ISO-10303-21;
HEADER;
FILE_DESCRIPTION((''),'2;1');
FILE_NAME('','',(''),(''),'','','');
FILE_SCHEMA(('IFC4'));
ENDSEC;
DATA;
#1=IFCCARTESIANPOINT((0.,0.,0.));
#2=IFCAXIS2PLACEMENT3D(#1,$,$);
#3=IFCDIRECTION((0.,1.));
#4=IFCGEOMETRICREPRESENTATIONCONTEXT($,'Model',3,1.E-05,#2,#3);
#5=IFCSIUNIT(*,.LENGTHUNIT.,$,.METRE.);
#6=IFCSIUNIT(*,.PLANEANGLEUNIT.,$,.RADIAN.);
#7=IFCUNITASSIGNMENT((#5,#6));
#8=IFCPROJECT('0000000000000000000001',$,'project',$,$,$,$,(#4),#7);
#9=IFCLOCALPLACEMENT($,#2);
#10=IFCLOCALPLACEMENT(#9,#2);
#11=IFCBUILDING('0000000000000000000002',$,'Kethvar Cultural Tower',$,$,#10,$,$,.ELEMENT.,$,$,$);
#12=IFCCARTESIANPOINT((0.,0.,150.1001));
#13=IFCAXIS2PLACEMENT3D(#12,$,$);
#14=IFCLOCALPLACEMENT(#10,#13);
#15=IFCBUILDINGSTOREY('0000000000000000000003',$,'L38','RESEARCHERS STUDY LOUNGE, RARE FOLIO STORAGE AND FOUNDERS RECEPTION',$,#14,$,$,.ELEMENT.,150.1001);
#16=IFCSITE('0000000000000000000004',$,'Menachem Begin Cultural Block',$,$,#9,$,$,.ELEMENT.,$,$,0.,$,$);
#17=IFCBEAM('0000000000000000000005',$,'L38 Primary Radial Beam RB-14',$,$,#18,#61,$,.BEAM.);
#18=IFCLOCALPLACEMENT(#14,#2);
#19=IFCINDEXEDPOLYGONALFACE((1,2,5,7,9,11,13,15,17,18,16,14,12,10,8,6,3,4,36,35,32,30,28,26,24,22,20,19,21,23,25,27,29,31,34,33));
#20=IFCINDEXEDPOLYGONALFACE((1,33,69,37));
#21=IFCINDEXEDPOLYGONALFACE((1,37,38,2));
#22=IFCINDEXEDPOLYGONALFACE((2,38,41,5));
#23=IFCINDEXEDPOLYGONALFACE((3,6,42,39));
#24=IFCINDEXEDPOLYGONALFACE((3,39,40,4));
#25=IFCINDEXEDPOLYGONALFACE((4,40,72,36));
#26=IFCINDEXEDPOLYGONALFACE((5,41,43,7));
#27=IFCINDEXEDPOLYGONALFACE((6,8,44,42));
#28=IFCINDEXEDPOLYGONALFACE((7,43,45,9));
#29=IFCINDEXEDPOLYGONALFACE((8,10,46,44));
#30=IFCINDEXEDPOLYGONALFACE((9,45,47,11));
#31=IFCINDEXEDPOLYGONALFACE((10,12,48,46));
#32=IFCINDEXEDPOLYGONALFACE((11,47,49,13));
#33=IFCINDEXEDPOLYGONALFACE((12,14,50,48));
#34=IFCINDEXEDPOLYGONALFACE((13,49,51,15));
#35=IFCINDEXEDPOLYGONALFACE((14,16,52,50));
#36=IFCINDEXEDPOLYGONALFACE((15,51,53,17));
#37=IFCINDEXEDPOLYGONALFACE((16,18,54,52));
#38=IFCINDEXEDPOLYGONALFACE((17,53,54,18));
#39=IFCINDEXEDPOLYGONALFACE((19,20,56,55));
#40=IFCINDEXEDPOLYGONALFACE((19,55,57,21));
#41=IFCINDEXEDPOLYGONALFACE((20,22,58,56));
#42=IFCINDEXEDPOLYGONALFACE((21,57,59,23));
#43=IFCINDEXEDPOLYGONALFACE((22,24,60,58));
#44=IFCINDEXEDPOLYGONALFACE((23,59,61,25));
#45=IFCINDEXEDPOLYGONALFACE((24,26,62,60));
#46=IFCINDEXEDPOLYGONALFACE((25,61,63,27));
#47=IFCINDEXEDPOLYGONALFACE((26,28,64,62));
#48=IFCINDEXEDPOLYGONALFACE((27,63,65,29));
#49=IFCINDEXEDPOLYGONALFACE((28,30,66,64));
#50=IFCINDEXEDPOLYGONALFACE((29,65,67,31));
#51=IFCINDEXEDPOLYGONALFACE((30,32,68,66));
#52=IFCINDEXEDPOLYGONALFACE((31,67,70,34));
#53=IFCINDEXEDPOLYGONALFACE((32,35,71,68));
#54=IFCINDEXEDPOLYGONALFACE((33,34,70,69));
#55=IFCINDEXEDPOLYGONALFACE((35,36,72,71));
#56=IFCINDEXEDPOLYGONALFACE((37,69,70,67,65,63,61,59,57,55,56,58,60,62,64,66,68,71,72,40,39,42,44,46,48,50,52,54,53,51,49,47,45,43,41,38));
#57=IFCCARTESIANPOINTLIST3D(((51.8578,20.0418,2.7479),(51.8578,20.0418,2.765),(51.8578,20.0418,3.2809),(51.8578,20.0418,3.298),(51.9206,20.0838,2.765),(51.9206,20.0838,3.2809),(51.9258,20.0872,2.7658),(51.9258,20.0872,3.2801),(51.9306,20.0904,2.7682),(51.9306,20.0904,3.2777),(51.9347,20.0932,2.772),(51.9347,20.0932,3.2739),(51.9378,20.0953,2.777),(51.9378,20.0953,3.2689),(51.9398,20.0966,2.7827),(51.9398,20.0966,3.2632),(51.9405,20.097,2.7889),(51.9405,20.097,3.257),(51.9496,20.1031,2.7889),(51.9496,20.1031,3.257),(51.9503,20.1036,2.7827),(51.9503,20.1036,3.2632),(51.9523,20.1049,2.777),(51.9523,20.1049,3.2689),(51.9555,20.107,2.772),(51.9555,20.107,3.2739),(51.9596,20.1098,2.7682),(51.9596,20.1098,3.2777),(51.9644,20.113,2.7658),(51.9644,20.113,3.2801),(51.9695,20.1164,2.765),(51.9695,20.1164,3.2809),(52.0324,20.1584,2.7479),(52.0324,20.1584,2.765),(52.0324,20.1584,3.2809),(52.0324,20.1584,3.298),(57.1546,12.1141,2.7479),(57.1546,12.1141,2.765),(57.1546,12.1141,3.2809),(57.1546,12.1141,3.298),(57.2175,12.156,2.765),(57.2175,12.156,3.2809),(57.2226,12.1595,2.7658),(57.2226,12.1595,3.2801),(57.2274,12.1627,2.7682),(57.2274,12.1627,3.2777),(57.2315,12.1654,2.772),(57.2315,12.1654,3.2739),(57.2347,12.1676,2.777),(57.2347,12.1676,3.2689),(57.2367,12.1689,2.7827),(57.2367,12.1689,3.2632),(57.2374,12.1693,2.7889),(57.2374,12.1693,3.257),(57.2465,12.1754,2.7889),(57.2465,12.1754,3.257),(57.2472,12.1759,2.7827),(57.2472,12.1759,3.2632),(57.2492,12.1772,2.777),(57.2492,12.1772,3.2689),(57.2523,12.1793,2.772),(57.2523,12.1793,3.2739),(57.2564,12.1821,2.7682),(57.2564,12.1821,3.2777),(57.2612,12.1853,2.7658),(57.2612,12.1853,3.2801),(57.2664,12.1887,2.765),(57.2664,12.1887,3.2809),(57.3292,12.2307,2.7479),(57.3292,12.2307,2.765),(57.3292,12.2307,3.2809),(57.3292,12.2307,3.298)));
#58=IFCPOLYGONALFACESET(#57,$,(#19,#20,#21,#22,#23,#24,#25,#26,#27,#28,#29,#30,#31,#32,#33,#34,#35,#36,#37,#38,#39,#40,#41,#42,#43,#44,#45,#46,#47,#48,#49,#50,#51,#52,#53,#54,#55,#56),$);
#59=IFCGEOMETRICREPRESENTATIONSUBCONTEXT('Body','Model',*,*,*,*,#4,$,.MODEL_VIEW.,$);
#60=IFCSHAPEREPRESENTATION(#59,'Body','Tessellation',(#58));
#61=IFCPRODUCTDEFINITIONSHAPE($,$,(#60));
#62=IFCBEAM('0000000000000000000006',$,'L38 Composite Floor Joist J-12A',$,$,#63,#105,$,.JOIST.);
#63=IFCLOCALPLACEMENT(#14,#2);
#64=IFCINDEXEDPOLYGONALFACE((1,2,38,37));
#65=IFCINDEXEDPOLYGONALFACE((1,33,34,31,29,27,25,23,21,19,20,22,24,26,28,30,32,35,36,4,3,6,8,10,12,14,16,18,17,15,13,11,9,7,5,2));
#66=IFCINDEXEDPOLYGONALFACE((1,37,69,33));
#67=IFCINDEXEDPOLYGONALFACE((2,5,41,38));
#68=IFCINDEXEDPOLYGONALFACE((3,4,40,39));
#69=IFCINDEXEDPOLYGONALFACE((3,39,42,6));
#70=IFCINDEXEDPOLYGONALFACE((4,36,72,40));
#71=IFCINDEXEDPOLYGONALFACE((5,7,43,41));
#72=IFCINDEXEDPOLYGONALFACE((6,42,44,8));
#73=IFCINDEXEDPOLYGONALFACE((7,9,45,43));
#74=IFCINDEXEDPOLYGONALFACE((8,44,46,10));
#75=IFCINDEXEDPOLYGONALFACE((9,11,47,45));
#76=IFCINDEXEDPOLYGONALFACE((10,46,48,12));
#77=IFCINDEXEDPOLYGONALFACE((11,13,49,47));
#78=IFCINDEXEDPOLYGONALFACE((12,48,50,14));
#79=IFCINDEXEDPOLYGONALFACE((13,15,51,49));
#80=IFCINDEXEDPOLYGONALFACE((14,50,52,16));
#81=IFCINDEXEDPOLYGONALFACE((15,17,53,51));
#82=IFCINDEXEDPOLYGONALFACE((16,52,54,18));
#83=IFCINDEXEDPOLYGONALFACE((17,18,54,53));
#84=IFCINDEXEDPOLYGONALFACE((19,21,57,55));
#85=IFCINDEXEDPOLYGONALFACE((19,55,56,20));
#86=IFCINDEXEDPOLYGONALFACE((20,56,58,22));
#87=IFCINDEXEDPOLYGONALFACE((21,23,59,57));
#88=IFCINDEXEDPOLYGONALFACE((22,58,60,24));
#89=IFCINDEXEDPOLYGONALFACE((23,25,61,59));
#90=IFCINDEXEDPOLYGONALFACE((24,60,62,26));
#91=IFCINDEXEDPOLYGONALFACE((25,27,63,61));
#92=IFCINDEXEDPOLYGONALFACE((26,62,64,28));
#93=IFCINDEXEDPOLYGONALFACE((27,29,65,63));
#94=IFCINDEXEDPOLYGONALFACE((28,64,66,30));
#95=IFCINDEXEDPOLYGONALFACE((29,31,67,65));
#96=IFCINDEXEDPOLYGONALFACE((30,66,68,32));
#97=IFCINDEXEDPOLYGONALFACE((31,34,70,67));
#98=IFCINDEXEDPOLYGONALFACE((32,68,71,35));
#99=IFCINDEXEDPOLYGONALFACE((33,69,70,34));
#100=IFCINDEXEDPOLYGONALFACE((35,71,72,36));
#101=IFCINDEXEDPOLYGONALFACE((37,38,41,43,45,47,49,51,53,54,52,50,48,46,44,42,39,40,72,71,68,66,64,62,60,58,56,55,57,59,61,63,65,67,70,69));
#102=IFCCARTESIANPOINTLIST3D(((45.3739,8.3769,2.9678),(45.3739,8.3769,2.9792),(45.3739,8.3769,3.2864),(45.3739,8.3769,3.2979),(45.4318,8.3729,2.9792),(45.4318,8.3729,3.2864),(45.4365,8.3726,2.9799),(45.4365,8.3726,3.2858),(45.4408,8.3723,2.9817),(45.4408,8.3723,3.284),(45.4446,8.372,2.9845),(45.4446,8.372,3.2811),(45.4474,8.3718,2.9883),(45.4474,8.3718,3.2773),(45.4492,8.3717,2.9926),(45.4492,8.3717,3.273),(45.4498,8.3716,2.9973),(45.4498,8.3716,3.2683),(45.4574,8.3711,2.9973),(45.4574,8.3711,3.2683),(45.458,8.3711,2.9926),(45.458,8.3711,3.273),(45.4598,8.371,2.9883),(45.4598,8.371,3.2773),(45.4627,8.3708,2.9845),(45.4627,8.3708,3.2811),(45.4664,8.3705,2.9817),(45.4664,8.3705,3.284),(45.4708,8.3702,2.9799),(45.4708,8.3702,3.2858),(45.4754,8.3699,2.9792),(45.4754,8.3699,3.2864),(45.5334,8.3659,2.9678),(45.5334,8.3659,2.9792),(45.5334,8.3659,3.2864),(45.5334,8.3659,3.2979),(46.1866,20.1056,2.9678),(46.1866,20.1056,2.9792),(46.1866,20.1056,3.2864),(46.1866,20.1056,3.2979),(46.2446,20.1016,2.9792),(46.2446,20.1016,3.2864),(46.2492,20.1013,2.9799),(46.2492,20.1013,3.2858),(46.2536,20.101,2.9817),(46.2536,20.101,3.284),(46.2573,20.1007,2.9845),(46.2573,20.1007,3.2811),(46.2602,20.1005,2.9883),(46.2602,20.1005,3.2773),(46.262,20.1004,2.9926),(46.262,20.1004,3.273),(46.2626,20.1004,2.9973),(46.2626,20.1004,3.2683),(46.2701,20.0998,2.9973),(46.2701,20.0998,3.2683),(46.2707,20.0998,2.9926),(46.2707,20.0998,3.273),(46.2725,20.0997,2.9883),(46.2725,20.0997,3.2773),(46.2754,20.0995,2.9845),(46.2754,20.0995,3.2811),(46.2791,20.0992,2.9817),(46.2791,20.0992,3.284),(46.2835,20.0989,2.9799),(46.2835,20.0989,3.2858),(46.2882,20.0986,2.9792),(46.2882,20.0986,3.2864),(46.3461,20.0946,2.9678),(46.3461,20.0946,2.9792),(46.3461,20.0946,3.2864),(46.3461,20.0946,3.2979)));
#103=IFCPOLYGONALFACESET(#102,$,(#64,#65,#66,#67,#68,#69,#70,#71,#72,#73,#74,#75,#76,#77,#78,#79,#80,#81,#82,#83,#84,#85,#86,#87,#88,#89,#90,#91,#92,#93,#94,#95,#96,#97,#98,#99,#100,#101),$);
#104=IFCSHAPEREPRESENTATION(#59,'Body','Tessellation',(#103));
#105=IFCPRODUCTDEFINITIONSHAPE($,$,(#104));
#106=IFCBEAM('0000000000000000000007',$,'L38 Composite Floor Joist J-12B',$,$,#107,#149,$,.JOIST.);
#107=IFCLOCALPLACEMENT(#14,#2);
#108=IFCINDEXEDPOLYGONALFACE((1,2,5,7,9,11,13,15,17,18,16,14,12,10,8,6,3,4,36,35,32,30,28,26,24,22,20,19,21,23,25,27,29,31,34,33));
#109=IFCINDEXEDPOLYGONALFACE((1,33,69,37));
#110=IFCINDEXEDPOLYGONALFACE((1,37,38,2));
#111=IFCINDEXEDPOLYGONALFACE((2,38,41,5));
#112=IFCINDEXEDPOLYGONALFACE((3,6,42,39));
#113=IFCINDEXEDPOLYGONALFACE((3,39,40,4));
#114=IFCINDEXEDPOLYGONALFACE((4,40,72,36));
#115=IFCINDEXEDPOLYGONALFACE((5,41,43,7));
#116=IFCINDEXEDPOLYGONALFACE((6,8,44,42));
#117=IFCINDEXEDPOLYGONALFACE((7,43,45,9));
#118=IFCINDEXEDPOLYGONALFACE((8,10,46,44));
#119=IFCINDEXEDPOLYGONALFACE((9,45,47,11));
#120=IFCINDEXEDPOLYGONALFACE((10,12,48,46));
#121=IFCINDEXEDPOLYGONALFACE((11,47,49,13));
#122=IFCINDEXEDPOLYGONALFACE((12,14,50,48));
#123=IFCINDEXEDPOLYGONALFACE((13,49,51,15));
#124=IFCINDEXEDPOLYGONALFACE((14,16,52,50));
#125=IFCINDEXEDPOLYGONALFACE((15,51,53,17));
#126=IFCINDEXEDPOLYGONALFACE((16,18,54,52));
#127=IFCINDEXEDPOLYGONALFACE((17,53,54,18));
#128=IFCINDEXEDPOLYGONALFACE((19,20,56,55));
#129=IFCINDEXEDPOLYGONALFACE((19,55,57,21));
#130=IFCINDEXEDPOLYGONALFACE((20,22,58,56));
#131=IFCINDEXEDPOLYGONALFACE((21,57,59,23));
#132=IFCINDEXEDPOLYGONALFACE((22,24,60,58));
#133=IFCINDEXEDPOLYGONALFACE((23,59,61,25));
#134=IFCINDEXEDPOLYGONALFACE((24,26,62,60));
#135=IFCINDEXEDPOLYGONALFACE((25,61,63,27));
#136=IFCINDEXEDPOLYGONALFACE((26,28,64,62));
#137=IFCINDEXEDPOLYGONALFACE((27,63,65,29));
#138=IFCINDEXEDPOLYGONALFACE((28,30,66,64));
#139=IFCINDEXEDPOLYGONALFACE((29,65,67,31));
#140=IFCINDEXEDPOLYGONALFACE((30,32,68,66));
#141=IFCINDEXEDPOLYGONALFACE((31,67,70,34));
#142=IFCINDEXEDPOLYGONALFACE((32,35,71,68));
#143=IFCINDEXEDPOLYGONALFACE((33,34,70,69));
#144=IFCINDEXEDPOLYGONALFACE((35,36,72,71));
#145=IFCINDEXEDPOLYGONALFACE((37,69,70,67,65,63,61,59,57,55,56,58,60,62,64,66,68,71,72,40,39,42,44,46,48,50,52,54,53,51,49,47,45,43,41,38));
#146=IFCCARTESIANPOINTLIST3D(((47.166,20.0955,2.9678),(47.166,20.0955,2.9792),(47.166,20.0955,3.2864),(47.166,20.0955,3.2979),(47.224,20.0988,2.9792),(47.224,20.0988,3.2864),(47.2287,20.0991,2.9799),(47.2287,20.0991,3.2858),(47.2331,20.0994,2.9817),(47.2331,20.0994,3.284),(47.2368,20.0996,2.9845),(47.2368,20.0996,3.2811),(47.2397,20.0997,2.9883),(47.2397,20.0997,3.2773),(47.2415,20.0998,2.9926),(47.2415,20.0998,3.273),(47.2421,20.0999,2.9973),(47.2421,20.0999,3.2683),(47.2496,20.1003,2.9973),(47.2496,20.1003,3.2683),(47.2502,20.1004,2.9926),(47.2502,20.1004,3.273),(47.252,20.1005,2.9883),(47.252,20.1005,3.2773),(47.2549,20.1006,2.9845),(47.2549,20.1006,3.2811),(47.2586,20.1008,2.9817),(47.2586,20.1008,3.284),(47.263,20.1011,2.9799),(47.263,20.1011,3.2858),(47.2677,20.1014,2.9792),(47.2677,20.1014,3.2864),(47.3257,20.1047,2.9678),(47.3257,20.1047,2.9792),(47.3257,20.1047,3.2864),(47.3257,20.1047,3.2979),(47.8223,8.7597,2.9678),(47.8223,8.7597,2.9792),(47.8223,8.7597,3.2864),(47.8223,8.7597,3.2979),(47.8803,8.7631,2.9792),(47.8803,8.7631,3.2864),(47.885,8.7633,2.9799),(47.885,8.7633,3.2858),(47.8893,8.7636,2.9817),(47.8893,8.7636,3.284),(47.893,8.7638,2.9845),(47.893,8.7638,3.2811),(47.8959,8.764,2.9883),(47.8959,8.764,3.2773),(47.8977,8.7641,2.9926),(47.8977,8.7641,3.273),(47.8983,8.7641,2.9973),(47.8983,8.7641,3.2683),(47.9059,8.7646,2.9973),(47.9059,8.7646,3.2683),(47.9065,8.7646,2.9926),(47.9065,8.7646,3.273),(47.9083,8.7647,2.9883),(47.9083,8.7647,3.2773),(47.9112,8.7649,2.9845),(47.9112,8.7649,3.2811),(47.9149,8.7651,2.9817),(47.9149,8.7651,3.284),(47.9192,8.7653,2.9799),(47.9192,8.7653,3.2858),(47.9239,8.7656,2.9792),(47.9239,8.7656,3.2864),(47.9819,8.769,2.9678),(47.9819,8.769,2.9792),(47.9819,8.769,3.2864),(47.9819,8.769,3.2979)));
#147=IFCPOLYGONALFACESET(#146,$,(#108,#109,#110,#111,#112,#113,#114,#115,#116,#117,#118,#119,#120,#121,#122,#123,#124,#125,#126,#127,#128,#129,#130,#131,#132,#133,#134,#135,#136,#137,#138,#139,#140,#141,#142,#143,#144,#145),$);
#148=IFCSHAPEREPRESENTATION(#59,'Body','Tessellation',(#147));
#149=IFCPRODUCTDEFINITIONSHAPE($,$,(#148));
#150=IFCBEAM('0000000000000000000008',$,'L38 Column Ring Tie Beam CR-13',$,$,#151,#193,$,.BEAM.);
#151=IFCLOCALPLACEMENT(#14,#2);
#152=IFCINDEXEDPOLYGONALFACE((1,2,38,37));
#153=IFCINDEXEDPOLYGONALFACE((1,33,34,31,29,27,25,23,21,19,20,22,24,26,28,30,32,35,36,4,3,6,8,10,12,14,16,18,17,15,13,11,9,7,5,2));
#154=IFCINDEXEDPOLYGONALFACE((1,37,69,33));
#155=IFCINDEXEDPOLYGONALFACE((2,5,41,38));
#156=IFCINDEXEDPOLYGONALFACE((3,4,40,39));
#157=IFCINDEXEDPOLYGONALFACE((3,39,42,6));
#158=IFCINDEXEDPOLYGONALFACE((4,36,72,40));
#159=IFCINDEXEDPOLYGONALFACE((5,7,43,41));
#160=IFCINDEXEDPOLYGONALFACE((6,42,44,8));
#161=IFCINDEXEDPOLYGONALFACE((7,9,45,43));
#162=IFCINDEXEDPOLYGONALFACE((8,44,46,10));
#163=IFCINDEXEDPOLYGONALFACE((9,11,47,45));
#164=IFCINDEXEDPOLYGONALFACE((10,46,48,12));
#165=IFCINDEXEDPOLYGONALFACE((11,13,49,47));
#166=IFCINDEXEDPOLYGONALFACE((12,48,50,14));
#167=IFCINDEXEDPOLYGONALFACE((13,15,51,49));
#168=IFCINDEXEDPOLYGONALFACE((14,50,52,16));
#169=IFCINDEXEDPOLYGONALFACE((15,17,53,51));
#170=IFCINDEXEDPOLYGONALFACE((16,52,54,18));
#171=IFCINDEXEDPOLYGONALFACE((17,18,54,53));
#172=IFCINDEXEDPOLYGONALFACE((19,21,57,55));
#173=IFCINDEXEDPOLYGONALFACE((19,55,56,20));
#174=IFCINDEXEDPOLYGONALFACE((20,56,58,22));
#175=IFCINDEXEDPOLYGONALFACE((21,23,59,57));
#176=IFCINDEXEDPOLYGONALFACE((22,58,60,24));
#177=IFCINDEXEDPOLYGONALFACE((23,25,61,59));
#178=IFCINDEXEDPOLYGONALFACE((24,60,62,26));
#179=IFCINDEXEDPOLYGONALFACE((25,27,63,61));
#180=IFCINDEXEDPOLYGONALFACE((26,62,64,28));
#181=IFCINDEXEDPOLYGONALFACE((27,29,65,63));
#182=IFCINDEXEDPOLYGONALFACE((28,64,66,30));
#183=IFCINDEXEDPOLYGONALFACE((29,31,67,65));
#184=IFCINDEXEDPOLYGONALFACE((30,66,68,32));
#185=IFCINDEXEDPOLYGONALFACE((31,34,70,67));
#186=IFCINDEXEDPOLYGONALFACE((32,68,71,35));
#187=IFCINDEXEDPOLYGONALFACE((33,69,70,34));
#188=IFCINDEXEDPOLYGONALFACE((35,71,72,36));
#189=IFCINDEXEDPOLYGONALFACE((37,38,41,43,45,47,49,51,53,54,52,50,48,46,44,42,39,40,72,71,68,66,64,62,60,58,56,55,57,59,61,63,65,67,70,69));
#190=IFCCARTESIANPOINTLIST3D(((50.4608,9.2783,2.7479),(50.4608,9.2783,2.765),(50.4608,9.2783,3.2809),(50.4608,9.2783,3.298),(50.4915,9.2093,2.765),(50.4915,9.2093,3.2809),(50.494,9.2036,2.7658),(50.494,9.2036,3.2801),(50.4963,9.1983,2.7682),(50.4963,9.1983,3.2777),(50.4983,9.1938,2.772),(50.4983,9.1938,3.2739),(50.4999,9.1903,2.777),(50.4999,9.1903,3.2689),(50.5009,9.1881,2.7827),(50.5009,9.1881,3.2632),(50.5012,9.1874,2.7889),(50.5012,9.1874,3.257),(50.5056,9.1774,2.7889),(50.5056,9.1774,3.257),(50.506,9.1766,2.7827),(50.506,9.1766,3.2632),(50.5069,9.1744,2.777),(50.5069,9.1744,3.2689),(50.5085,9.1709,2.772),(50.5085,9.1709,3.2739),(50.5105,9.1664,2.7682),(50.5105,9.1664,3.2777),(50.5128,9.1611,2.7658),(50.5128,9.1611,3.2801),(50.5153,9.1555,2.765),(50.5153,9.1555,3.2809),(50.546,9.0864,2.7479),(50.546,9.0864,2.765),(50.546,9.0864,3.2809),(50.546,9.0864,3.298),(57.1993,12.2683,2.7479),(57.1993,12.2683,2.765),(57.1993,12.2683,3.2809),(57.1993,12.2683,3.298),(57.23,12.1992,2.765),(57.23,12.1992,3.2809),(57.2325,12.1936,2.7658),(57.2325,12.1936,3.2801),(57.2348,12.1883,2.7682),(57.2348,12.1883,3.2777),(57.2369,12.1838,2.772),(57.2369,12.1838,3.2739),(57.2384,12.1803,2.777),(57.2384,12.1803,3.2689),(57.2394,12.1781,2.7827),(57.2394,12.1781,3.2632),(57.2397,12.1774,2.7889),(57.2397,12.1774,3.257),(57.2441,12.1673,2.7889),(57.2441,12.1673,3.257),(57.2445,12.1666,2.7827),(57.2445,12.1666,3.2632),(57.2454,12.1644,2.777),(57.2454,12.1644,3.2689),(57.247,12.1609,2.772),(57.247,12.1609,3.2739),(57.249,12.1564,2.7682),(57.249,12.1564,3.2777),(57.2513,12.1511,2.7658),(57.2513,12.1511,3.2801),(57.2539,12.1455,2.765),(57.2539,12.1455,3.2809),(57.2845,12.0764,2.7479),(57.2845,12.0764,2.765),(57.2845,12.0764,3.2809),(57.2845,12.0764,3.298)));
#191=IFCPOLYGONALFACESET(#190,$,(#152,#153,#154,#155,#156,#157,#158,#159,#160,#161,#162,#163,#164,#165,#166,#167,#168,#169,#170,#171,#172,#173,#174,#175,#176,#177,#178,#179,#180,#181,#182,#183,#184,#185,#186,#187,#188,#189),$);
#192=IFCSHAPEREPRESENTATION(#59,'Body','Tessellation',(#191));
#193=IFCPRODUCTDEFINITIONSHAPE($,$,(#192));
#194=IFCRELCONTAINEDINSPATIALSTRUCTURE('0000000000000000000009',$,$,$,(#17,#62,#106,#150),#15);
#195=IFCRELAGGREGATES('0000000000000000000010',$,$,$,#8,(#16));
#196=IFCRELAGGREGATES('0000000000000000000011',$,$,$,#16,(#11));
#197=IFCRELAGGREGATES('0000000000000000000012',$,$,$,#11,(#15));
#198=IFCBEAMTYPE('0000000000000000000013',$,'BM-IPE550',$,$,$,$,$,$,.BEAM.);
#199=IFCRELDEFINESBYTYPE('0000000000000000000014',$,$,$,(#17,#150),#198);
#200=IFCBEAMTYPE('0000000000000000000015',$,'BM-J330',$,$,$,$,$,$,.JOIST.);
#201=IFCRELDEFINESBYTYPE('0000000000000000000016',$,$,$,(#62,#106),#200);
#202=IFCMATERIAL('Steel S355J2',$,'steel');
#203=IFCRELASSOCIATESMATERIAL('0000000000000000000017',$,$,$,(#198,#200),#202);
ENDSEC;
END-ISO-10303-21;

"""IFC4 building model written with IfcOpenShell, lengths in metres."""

from ifc_helpers import new_model, si_unit, direction, frame, origin, origin_2d, place, context, subcontext, project, spatial, i_section, extrude, source, transform, mapped, material, material_profile, profile_set, type_object, element, save


model = new_model("IFC4")

# Units and contexts
model_context = context("Model", 3, precision=1e-05, world=origin(), true_north=direction((0.0, 1.0)))
body_context = subcontext(model_context, "Body", "Model", "MODEL_VIEW")
ifc_project = project(units=[si_unit("LENGTHUNIT", "METRE"), si_unit("PLANEANGLEUNIT", "RADIAN")], contexts=[model_context])

# Site, building, storey
site_placement = place(None, origin())
site = spatial("IfcSite", under=ifc_project, at=site_placement, Name="Menachem Begin Cultural Block", CompositionType="ELEMENT", RefElevation=0.0)
building_placement = place(site_placement, origin())
building = spatial("IfcBuilding", under=site, at=building_placement, Name="Kethvar Cultural Tower", CompositionType="ELEMENT")
storey_placement = place(building_placement, frame((0.0, 0.0, 150.1001)))
storey = spatial("IfcBuildingStorey", under=building, at=storey_placement, Name="L38", Description="RESEARCHERS STUDY LOUNGE, RARE FOLIO STORAGE AND FOUNDERS RECEPTION", CompositionType="ELEMENT", Elevation=150.1001)

# Beams
ifc_material_1 = material(Name="Steel S355J2", Category="steel")
ifc_material_profile_1 = material_profile(ifc_material_1, i_section(OverallWidth=0.21, OverallDepth=0.55, WebThickness=0.011, FlangeThickness=0.0171, FilletRadius=0.0239, at=origin_2d()), Name="Steel S355J2 — IPE550")
ifc_profile_set_1 = profile_set([ifc_material_profile_1], Name="Steel S355J2 — IPE550")
beam_type_1 = type_object("IfcBeamType", Name="BM-IPE550", PredefinedType="BEAM", material=ifc_profile_set_1)
shared_shape_1 = source(origin(), body_context, "Body", "SweptSolid", [
    extrude(i_section(OverallWidth=0.21, OverallDepth=0.55, WebThickness=0.011, FlangeThickness=0.0171, FilletRadius=0.0239, at=origin_2d()), origin(), (0.0, 0.0, 1.0), 9.5344),
])
beam_1_placement = place(storey_placement, frame((51.9451, 20.1001, 3.0229), z_axis=(0.555551, -0.831483, 0.0), x_axis=(0.831483, 0.555551, 0.0)))
element("IfcBeam", 1, at=beam_1_placement, inside=storey, type_object=beam_type_1, Name="L38 Primary Radial Beam RB-14", PredefinedType="BEAM", context=body_context, shape_type="MappedRepresentation", body=[
    mapped(shared_shape_1, transform((0.0, 0.0, 0.0), scale=1.0)),
])
ifc_material_profile_2 = material_profile(ifc_material_1, i_section(OverallWidth=0.1599, OverallDepth=0.3301, WebThickness=0.0076, FlangeThickness=0.0115, FilletRadius=0.0181, at=origin_2d()), Name="Steel S355J2 — IPE330")
ifc_profile_set_2 = profile_set([ifc_material_profile_2], Name="Steel S355J2 — IPE330")
beam_type_2 = type_object("IfcBeamType", Name="BM-J330", PredefinedType="JOIST", material=ifc_profile_set_2)
shared_shape_2 = source(origin(), body_context, "Body", "SweptSolid", [
    extrude(i_section(OverallWidth=0.1599, OverallDepth=0.3301, WebThickness=0.0076, FlangeThickness=0.0115, FilletRadius=0.0181, at=origin_2d()), origin(), (0.0, 0.0, 1.0), 11.7568),
])
beam_2_placement = place(storey_placement, frame((46.2664, 20.1001, 3.1328), z_axis=(-0.069129, -0.997608, 0.0), x_axis=(0.997608, -0.069129, 0.0)))
element("IfcBeam", 2, at=beam_2_placement, inside=storey, type_object=beam_type_2, Name="L38 Composite Floor Joist J-12A", PredefinedType="JOIST", context=body_context, shape_type="MappedRepresentation", body=[
    mapped(shared_shape_2, transform((0.0, 0.0, 0.0), scale=1.0)),
])
shared_shape_3 = source(origin(), body_context, "Body", "SweptSolid", [
    extrude(i_section(OverallWidth=0.1599, OverallDepth=0.3301, WebThickness=0.0076, FlangeThickness=0.0115, FilletRadius=0.0181, at=origin_2d()), origin(), (0.0, 0.0, 1.0), 11.3547),
])
beam_3_placement = place(storey_placement, frame((47.2458, 20.1001, 3.1328), z_axis=(0.057796, -0.998328, 0.0), x_axis=(0.998328, 0.057796, 0.0)))
element("IfcBeam", 3, at=beam_3_placement, inside=storey, type_object=beam_type_2, Name="L38 Composite Floor Joist J-12B", PredefinedType="JOIST", context=body_context, shape_type="MappedRepresentation", body=[
    mapped(shared_shape_3, transform((0.0, 0.0, 0.0), scale=1.0)),
])
shared_shape_4 = source(origin(), body_context, "Body", "SweptSolid", [
    extrude(i_section(OverallWidth=0.21, OverallDepth=0.55, WebThickness=0.011, FlangeThickness=0.0171, FilletRadius=0.0239, at=origin_2d()), origin(), (0.0, 0.0, 1.0), 7.3721),
])
beam_4_placement = place(storey_placement, frame((50.5034, 9.1824, 3.0229), z_axis=(0.914059, 0.405582, 0.0), x_axis=(-0.405582, 0.914059, 0.0)))
element("IfcBeam", 4, at=beam_4_placement, inside=storey, type_object=beam_type_1, Name="L38 Column Ring Tie Beam CR-13", PredefinedType="BEAM", context=body_context, shape_type="MappedRepresentation", body=[
    mapped(shared_shape_4, transform((0.0, 0.0, 0.0), scale=1.0)),
])

save(model, "model.ifc")
